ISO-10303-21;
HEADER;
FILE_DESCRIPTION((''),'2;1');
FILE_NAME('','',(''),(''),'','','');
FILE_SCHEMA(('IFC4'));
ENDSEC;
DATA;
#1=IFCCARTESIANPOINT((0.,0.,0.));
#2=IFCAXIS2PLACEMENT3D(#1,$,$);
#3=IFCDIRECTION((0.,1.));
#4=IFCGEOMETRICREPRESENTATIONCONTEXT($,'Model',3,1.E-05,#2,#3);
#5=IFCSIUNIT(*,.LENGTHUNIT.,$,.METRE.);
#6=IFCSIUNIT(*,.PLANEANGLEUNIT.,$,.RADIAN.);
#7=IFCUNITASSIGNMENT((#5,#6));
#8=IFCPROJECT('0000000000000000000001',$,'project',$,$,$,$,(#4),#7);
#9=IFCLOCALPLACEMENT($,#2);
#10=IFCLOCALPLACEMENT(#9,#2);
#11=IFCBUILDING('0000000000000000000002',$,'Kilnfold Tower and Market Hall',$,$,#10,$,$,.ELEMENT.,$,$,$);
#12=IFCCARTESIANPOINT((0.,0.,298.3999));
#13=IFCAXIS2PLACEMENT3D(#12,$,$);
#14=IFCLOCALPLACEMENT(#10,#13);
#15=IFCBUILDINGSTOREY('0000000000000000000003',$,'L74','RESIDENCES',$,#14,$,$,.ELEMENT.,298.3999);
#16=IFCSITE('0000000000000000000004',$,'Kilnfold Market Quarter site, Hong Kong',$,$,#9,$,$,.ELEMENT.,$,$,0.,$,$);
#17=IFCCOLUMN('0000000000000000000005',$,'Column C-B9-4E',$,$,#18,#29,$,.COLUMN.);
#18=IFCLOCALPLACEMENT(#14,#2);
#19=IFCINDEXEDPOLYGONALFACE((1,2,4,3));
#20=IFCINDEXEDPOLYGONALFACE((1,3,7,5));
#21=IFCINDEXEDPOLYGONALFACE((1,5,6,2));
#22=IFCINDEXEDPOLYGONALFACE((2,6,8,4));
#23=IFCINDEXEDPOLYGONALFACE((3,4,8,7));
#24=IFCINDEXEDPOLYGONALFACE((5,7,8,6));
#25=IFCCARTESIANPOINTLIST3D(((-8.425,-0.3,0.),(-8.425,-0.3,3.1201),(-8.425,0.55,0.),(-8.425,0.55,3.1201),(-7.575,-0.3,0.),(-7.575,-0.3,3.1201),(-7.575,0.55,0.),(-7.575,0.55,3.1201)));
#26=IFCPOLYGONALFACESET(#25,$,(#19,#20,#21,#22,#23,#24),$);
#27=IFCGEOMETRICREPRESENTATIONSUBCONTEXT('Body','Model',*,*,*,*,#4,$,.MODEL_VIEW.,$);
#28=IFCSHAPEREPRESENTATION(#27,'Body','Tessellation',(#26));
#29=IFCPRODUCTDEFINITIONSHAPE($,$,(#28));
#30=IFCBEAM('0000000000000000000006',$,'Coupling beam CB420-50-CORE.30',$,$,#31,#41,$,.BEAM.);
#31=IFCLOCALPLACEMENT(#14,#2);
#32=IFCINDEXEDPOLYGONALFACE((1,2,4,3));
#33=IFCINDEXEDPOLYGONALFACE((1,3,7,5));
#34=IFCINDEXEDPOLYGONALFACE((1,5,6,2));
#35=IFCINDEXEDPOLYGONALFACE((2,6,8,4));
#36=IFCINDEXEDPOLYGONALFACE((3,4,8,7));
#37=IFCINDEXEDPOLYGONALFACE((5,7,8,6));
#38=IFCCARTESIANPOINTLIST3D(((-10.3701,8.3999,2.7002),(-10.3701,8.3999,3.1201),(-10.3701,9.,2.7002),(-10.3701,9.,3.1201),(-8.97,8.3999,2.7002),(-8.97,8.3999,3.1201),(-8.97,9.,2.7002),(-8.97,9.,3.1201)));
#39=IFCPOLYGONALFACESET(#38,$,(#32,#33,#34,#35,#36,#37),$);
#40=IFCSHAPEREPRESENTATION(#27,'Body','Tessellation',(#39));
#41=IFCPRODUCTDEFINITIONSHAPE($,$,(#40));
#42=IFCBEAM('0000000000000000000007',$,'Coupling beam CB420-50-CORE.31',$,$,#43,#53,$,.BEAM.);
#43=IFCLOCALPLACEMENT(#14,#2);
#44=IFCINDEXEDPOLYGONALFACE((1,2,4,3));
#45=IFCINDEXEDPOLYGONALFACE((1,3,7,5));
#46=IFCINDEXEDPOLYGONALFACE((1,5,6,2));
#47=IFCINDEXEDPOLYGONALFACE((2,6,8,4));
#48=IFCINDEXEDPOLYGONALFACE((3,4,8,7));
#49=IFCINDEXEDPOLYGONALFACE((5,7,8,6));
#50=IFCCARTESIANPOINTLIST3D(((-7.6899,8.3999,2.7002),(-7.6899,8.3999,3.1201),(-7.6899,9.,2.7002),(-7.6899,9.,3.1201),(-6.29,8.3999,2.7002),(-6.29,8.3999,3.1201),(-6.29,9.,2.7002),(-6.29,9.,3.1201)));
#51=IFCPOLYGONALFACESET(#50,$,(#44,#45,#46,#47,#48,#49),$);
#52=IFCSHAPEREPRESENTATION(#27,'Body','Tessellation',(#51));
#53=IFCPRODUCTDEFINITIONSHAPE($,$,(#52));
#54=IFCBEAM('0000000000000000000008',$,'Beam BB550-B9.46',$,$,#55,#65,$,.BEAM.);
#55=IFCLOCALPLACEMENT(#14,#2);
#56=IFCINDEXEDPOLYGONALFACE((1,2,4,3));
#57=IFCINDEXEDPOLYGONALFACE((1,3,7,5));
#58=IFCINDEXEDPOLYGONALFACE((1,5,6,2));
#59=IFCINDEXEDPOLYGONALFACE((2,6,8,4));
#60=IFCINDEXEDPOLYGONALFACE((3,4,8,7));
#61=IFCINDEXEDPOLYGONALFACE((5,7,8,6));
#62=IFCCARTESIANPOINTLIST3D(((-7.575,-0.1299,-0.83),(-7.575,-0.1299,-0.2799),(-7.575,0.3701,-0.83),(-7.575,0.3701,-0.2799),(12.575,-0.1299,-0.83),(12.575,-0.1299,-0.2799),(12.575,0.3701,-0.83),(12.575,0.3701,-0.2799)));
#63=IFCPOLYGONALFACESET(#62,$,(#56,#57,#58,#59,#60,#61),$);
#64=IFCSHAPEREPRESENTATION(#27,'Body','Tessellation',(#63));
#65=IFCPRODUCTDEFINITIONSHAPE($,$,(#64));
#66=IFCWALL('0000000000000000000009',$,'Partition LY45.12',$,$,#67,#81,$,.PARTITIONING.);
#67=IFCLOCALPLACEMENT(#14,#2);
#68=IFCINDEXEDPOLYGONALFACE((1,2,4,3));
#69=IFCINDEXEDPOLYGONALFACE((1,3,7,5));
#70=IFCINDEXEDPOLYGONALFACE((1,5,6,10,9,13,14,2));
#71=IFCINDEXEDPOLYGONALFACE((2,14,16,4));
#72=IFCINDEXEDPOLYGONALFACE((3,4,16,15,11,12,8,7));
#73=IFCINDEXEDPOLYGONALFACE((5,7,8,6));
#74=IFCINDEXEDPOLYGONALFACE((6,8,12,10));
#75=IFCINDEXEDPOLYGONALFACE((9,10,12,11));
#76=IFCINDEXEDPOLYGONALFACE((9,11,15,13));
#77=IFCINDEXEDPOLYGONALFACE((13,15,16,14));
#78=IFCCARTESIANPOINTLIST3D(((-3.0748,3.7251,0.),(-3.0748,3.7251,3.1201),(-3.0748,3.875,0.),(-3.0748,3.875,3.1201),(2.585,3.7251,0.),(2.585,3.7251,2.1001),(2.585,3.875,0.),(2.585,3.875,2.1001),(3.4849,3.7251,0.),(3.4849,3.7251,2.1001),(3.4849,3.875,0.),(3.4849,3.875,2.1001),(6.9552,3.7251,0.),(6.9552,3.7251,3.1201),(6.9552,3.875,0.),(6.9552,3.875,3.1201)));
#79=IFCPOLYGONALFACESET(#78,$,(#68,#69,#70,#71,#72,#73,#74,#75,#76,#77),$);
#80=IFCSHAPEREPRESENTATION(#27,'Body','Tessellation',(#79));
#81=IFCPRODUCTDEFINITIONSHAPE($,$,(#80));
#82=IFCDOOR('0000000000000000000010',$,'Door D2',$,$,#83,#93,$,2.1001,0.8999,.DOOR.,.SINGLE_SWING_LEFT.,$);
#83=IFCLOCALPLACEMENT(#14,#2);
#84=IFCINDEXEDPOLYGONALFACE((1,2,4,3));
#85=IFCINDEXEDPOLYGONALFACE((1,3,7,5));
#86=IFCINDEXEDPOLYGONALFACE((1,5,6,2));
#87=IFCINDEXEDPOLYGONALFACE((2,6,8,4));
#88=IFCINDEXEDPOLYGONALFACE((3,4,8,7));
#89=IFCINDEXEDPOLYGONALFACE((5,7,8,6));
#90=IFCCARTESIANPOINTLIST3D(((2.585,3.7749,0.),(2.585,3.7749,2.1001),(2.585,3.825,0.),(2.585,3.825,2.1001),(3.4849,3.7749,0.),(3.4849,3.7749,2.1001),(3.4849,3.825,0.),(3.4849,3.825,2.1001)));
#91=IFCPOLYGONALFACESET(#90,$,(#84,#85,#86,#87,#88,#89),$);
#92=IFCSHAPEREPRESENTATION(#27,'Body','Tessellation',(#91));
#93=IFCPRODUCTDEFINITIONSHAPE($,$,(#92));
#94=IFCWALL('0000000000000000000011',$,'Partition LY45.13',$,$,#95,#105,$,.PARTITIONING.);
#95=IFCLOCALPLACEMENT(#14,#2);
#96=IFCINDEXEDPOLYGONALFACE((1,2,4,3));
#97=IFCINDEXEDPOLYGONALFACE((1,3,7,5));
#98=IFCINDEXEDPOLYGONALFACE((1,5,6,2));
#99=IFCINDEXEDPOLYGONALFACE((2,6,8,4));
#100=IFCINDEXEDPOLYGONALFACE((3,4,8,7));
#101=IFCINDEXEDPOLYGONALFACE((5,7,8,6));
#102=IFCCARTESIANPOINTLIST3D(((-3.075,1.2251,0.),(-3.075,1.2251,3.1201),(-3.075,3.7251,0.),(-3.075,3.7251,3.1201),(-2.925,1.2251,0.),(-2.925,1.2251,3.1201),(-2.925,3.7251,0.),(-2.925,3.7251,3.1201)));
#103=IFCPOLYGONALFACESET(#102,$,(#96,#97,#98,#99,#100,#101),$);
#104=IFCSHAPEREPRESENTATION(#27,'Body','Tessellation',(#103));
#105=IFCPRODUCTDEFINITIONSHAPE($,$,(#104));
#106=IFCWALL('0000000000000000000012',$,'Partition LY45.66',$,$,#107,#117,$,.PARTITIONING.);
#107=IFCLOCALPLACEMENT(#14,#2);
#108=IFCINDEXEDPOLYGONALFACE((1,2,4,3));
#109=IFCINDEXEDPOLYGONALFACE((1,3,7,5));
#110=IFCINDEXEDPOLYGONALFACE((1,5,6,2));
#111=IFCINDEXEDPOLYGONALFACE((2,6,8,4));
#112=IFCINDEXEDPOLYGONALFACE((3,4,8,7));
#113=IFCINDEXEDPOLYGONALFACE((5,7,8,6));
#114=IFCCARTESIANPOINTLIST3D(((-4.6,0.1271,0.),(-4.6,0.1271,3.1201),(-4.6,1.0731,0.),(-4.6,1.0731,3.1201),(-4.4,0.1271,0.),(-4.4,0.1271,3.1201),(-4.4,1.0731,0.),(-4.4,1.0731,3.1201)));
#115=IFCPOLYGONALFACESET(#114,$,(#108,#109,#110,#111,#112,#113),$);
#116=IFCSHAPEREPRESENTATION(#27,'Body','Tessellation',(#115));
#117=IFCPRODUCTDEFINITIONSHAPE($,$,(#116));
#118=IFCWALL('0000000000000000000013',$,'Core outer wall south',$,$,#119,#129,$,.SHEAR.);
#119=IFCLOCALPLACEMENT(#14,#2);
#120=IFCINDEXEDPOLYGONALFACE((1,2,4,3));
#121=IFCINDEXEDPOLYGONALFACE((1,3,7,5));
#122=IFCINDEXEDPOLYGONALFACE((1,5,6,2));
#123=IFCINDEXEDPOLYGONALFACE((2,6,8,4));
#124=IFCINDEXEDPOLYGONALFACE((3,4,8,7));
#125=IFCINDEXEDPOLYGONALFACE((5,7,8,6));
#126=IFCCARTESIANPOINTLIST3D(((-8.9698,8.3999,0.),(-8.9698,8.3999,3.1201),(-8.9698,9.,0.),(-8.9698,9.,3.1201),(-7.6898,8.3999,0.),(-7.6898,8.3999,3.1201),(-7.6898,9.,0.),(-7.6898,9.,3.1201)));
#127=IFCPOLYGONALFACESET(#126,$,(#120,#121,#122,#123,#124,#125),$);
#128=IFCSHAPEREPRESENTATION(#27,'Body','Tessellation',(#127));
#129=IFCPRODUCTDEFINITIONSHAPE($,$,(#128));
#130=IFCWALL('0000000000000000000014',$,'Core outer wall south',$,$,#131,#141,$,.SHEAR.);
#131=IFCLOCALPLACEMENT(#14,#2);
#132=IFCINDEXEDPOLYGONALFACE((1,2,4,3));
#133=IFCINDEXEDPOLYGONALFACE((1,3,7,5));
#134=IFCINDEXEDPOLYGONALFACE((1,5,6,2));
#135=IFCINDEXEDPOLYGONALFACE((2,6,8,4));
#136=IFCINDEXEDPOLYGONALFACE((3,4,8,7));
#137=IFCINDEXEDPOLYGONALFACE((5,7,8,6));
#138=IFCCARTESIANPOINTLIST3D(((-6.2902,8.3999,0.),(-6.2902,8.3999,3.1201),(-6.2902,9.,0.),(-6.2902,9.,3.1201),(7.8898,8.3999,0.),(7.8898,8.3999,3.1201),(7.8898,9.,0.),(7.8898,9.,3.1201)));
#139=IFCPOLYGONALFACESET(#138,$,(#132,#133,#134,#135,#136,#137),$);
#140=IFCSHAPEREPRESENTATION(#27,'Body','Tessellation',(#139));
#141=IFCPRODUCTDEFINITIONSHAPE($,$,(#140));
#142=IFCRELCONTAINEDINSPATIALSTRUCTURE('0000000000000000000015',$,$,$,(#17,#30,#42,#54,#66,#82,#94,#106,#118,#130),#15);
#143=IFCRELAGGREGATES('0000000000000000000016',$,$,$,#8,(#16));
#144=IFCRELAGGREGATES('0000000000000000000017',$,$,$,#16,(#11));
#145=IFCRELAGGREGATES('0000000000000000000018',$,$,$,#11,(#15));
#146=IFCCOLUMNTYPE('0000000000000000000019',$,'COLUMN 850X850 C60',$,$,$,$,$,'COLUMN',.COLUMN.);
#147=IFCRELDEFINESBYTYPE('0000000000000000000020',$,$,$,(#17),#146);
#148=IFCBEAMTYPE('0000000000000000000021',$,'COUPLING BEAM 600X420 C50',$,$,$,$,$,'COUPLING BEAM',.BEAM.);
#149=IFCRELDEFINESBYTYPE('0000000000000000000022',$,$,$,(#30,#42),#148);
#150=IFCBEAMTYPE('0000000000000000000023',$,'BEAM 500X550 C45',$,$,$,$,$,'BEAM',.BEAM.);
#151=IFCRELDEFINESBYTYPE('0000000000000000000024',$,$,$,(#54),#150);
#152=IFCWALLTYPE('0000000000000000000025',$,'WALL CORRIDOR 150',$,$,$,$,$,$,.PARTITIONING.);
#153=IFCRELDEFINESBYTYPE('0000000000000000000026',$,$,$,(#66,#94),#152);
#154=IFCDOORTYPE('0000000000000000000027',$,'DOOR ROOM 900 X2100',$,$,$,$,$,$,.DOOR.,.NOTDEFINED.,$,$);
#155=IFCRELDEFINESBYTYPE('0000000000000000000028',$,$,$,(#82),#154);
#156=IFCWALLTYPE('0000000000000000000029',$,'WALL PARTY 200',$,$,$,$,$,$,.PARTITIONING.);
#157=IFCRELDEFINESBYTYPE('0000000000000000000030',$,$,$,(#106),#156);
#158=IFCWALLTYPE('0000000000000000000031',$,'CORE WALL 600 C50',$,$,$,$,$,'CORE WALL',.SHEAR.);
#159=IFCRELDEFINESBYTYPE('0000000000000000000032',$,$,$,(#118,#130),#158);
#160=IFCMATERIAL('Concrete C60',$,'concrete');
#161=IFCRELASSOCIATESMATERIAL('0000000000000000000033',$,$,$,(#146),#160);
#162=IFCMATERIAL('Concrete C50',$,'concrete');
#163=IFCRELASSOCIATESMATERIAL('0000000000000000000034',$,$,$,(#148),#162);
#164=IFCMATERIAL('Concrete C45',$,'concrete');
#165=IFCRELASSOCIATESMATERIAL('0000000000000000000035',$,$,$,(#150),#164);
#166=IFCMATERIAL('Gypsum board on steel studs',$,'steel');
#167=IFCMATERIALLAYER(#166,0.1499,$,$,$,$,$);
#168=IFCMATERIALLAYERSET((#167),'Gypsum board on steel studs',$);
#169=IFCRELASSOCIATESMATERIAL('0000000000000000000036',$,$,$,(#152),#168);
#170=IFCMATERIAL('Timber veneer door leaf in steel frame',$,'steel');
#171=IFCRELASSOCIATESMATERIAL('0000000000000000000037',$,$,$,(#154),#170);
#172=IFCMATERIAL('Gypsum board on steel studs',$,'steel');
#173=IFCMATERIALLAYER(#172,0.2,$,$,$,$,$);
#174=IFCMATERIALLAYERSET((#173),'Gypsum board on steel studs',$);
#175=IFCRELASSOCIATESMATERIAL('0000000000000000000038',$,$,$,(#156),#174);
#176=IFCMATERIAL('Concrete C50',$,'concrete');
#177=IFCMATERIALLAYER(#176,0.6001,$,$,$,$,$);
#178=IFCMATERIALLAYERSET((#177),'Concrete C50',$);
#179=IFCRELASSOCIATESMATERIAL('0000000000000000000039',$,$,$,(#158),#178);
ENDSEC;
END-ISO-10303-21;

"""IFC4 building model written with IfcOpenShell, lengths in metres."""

from ifc_helpers import new_model, si_unit, direction, frame, frame_2d, origin, origin_2d, place, context, subcontext, project, spatial, rectangle, extrude, source, transform, mapped, material, layer, layer_set, material_profile, profile_set, type_object, element, fill, save


model = new_model("IFC4")

# Units and contexts
model_context = context("Model", 3, precision=1e-05, world=origin(), true_north=direction((0.0, 1.0)))
body_context = subcontext(model_context, "Body", "Model", "MODEL_VIEW")
ifc_project = project(units=[si_unit("LENGTHUNIT", "METRE"), si_unit("PLANEANGLEUNIT", "RADIAN")], contexts=[model_context])

# Site, building, storey
site_placement = place(None, origin())
site = spatial("IfcSite", under=ifc_project, at=site_placement, Name="Kilnfold Market Quarter site, Hong Kong", CompositionType="ELEMENT", RefElevation=0.0)
building_placement = place(site_placement, origin())
building = spatial("IfcBuilding", under=site, at=building_placement, Name="Kilnfold Tower and Market Hall", CompositionType="ELEMENT")
storey_placement = place(building_placement, frame((0.0, 0.0, 298.3999)))
storey = spatial("IfcBuildingStorey", under=building, at=storey_placement, Name="L74", Description="RESIDENCES", CompositionType="ELEMENT", Elevation=298.3999)

# Column
ifc_material_1 = material(Name="Concrete C60", Category="concrete")
ifc_material_profile_1 = material_profile(ifc_material_1, rectangle(XDim=0.8501, YDim=0.8501, at=origin_2d()), Name="RC 850x850")
ifc_profile_set_1 = profile_set([ifc_material_profile_1], Name="Concrete C60")
column_type = type_object("IfcColumnType", Name="COLUMN 850X850 C60", ElementType="COLUMN", PredefinedType="COLUMN", material=ifc_profile_set_1)
shared_shape_1 = source(origin(), body_context, "Body", "SweptSolid", [
    extrude(rectangle(XDim=0.8501, YDim=0.8501, at=origin_2d()), origin(), (0.0, 0.0, 1.0), 3.1201),
])
column_placement = place(storey_placement, frame((-8.0, 0.125, 0.0), z_axis=(0.0, 0.0, 1.0), x_axis=(1.0, 0.0, 0.0)))
element("IfcColumn", 1, at=column_placement, inside=storey, type_object=column_type, Name="Column C-B9-4E", PredefinedType="COLUMN", context=body_context, shape_type="MappedRepresentation", body=[
    mapped(shared_shape_1, transform((0.0, 0.0, 0.0))),
])

# Beams
ifc_material_2 = material(Name="Concrete C50", Category="concrete")
ifc_material_profile_2 = material_profile(ifc_material_2, rectangle(XDim=0.6001, YDim=0.4199, at=origin_2d()), Name="RC 600x420")
ifc_profile_set_2 = profile_set([ifc_material_profile_2], Name="Concrete C50")
beam_type_1 = type_object("IfcBeamType", Name="COUPLING BEAM 600X420 C50", ElementType="COUPLING BEAM", PredefinedType="BEAM", material=ifc_profile_set_2)
shared_shape_2 = source(origin(), body_context, "Body", "SweptSolid", [
    extrude(rectangle(XDim=0.6001, YDim=0.4199, at=origin_2d()), origin(), (0.0, 0.0, 1.0), 1.4001),
])
beam_1_placement = place(storey_placement, frame((-10.3701, 8.7, 2.9102), z_axis=(1.0, 0.0, 0.0), x_axis=(0.0, 1.0, 0.0)))
element("IfcBeam", 2, at=beam_1_placement, inside=storey, type_object=beam_type_1, Name="Coupling beam CB420-50-CORE.30", PredefinedType="BEAM", context=body_context, shape_type="MappedRepresentation", body=[
    mapped(shared_shape_2, transform((0.0, 0.0, 0.0))),
])
shared_shape_3 = source(origin(), body_context, "Body", "SweptSolid", [
    extrude(rectangle(XDim=0.6001, YDim=0.4199, at=origin_2d()), origin(), (0.0, 0.0, 1.0), 1.3999),
])
beam_2_placement = place(storey_placement, frame((-7.6899, 8.7, 2.9102), z_axis=(1.0, 0.0, 0.0), x_axis=(0.0, 1.0, 0.0)))
element("IfcBeam", 3, at=beam_2_placement, inside=storey, type_object=beam_type_1, Name="Coupling beam CB420-50-CORE.31", PredefinedType="BEAM", context=body_context, shape_type="MappedRepresentation", body=[
    mapped(shared_shape_3, transform((0.0, 0.0, 0.0))),
])
ifc_material_3 = material(Name="Concrete C45", Category="concrete")
ifc_material_profile_3 = material_profile(ifc_material_3, rectangle(XDim=0.5, YDim=0.55, at=origin_2d()), Name="RC 500x550")
ifc_profile_set_3 = profile_set([ifc_material_profile_3], Name="Concrete C45")
beam_type_2 = type_object("IfcBeamType", Name="BEAM 500X550 C45", ElementType="BEAM", PredefinedType="BEAM", material=ifc_profile_set_3)
shared_shape_4 = source(origin(), body_context, "Body", "SweptSolid", [
    extrude(rectangle(XDim=0.5, YDim=0.55, at=origin_2d()), origin(), (0.0, 0.0, 1.0), 20.1499),
])
beam_3_placement = place(storey_placement, frame((-7.575, 0.1201, -0.5549), z_axis=(1.0, 0.0, 0.0), x_axis=(0.0, 1.0, 0.0)))
element("IfcBeam", 4, at=beam_3_placement, inside=storey, type_object=beam_type_2, Name="Beam BB550-B9.46", PredefinedType="BEAM", context=body_context, shape_type="MappedRepresentation", body=[
    mapped(shared_shape_4, transform((0.0, 0.0, 0.0))),
])

# Wall, opening, door
ifc_material_4 = material(Name="Gypsum board on steel studs", Category="steel")
ifc_layer_1 = layer(ifc_material_4, 0.1499)
ifc_layer_set_1 = layer_set([ifc_layer_1], Name="Gypsum board on steel studs")
wall_type_1 = type_object("IfcWallType", Name="WALL CORRIDOR 150", PredefinedType="PARTITIONING", material=ifc_layer_set_1)
wall_1_placement = place(storey_placement, frame((-3.075, 3.8, 0.0), z_axis=(0.0, 0.0, 1.0), x_axis=(1.0, 0.0, 0.0)))
wall_1 = element("IfcWall", 5, at=wall_1_placement, inside=storey, type_object=wall_type_1, Name="Partition LY45.12", PredefinedType="PARTITIONING", context=body_context, shape_type="SweptSolid", body=[
    extrude(rectangle(XDim=10.03, YDim=0.1499, at=frame_2d((5.0151, 0.0))), origin(), (0.0, 0.0, 1.0), 3.1201),
])
opening_1_placement = place(wall_1_placement, frame((5.6599, 0.0, 0.0)))
opening_1 = element("IfcOpeningElement", 6, at=opening_1_placement, cuts=wall_1, PredefinedType="OPENING", context=body_context, shape_type="SweptSolid", body=[
    extrude(rectangle(XDim=0.8999, YDim=2.1001, at=frame_2d((0.45, 1.05))), frame((0.0, 0.085, 0.0), z_axis=(0.0, -1.0, 0.0), x_axis=(1.0, 0.0, 0.0)), (0.0, 0.0, 1.0), 0.1699),
])
ifc_material_5 = material(Name="Timber veneer door leaf in steel frame", Category="steel")
door_type_1 = type_object("IfcDoorType", Name="DOOR ROOM 900 X2100", OperationType="NOTDEFINED", PredefinedType="DOOR", material=ifc_material_5)
door_1_placement = place(opening_1_placement, origin())
door_1 = element("IfcDoor", 7, at=door_1_placement, inside=storey, type_object=door_type_1, Name="Door D2", OperationType="SINGLE_SWING_LEFT", OverallHeight=2.1001, OverallWidth=0.8999, PredefinedType="DOOR", context=body_context, shape_type="SweptSolid", body=[
    extrude(rectangle(XDim=0.8999, YDim=2.1001, at=frame_2d((0.45, 1.05))), frame((0.0, 0.0249, 0.0), z_axis=(0.0, -1.0, 0.0), x_axis=(1.0, 0.0, 0.0)), (0.0, 0.0, 1.0), 0.05),
])
fill(opening_1, door_1)

# Walls
wall_2_placement = place(storey_placement, frame((-3.0, 1.2251, 0.0), z_axis=(0.0, 0.0, 1.0), x_axis=(0.0, 1.0, 0.0)))
element("IfcWall", 8, at=wall_2_placement, inside=storey, type_object=wall_type_1, Name="Partition LY45.13", PredefinedType="PARTITIONING", context=body_context, shape_type="SweptSolid", body=[
    extrude(rectangle(XDim=2.5, YDim=0.1499, at=frame_2d((1.25, 0.0))), origin(), (0.0, 0.0, 1.0), 3.1201),
])
ifc_material_6 = material(Name="Gypsum board on steel studs", Category="steel")
ifc_layer_2 = layer(ifc_material_6, 0.2)
ifc_layer_set_2 = layer_set([ifc_layer_2], Name="Gypsum board on steel studs")
wall_type_2 = type_object("IfcWallType", Name="WALL PARTY 200", PredefinedType="PARTITIONING", material=ifc_layer_set_2)
wall_3_placement = place(storey_placement, frame((-4.5, 0.127, 0.0), z_axis=(0.0, 0.0, 1.0), x_axis=(0.0, 1.0, 0.0)))
element("IfcWall", 9, at=wall_3_placement, inside=storey, type_object=wall_type_2, Name="Partition LY45.66", PredefinedType="PARTITIONING", context=body_context, shape_type="SweptSolid", body=[
    extrude(rectangle(XDim=0.946, YDim=0.2, at=frame_2d((0.4731, 0.0))), origin(), (0.0, 0.0, 1.0), 3.1201),
])
ifc_material_7 = material(Name="Concrete C50", Category="concrete")
ifc_layer_3 = layer(ifc_material_7, 0.6001)
ifc_layer_set_3 = layer_set([ifc_layer_3], Name="Concrete C50")
wall_type_3 = type_object("IfcWallType", Name="CORE WALL 600 C50", ElementType="CORE WALL", PredefinedType="SHEAR", material=ifc_layer_set_3)
shared_shape_5 = source(origin(), body_context, "Body", "SweptSolid", [
    extrude(rectangle(XDim=1.28, YDim=0.6001, at=frame_2d((0.6401, 0.0))), origin(), (0.0, 0.0, 1.0), 3.1201),
])
wall_4_placement = place(storey_placement, frame((-8.97, 8.7, 0.0), z_axis=(0.0, 0.0, 1.0), x_axis=(1.0, 0.0, 0.0)))
element("IfcWall", 10, at=wall_4_placement, inside=storey, type_object=wall_type_3, Name="Core outer wall south", PredefinedType="SHEAR", context=body_context, shape_type="MappedRepresentation", body=[
    mapped(shared_shape_5, transform((0.0, 0.0, 0.0))),
])
shared_shape_6 = source(origin(), body_context, "Body", "SweptSolid", [
    extrude(rectangle(XDim=14.1799, YDim=0.6001, at=frame_2d((7.0898, 0.0))), origin(), (0.0, 0.0, 1.0), 3.1201),
])
wall_5_placement = place(storey_placement, frame((-6.29, 8.7, 0.0), z_axis=(0.0, 0.0, 1.0), x_axis=(1.0, 0.0, 0.0)))
element("IfcWall", 11, at=wall_5_placement, inside=storey, type_object=wall_type_3, Name="Core outer wall south", PredefinedType="SHEAR", context=body_context, shape_type="MappedRepresentation", body=[
    mapped(shared_shape_6, transform((0.0, 0.0, 0.0))),
])

save(model, "model.ifc")
